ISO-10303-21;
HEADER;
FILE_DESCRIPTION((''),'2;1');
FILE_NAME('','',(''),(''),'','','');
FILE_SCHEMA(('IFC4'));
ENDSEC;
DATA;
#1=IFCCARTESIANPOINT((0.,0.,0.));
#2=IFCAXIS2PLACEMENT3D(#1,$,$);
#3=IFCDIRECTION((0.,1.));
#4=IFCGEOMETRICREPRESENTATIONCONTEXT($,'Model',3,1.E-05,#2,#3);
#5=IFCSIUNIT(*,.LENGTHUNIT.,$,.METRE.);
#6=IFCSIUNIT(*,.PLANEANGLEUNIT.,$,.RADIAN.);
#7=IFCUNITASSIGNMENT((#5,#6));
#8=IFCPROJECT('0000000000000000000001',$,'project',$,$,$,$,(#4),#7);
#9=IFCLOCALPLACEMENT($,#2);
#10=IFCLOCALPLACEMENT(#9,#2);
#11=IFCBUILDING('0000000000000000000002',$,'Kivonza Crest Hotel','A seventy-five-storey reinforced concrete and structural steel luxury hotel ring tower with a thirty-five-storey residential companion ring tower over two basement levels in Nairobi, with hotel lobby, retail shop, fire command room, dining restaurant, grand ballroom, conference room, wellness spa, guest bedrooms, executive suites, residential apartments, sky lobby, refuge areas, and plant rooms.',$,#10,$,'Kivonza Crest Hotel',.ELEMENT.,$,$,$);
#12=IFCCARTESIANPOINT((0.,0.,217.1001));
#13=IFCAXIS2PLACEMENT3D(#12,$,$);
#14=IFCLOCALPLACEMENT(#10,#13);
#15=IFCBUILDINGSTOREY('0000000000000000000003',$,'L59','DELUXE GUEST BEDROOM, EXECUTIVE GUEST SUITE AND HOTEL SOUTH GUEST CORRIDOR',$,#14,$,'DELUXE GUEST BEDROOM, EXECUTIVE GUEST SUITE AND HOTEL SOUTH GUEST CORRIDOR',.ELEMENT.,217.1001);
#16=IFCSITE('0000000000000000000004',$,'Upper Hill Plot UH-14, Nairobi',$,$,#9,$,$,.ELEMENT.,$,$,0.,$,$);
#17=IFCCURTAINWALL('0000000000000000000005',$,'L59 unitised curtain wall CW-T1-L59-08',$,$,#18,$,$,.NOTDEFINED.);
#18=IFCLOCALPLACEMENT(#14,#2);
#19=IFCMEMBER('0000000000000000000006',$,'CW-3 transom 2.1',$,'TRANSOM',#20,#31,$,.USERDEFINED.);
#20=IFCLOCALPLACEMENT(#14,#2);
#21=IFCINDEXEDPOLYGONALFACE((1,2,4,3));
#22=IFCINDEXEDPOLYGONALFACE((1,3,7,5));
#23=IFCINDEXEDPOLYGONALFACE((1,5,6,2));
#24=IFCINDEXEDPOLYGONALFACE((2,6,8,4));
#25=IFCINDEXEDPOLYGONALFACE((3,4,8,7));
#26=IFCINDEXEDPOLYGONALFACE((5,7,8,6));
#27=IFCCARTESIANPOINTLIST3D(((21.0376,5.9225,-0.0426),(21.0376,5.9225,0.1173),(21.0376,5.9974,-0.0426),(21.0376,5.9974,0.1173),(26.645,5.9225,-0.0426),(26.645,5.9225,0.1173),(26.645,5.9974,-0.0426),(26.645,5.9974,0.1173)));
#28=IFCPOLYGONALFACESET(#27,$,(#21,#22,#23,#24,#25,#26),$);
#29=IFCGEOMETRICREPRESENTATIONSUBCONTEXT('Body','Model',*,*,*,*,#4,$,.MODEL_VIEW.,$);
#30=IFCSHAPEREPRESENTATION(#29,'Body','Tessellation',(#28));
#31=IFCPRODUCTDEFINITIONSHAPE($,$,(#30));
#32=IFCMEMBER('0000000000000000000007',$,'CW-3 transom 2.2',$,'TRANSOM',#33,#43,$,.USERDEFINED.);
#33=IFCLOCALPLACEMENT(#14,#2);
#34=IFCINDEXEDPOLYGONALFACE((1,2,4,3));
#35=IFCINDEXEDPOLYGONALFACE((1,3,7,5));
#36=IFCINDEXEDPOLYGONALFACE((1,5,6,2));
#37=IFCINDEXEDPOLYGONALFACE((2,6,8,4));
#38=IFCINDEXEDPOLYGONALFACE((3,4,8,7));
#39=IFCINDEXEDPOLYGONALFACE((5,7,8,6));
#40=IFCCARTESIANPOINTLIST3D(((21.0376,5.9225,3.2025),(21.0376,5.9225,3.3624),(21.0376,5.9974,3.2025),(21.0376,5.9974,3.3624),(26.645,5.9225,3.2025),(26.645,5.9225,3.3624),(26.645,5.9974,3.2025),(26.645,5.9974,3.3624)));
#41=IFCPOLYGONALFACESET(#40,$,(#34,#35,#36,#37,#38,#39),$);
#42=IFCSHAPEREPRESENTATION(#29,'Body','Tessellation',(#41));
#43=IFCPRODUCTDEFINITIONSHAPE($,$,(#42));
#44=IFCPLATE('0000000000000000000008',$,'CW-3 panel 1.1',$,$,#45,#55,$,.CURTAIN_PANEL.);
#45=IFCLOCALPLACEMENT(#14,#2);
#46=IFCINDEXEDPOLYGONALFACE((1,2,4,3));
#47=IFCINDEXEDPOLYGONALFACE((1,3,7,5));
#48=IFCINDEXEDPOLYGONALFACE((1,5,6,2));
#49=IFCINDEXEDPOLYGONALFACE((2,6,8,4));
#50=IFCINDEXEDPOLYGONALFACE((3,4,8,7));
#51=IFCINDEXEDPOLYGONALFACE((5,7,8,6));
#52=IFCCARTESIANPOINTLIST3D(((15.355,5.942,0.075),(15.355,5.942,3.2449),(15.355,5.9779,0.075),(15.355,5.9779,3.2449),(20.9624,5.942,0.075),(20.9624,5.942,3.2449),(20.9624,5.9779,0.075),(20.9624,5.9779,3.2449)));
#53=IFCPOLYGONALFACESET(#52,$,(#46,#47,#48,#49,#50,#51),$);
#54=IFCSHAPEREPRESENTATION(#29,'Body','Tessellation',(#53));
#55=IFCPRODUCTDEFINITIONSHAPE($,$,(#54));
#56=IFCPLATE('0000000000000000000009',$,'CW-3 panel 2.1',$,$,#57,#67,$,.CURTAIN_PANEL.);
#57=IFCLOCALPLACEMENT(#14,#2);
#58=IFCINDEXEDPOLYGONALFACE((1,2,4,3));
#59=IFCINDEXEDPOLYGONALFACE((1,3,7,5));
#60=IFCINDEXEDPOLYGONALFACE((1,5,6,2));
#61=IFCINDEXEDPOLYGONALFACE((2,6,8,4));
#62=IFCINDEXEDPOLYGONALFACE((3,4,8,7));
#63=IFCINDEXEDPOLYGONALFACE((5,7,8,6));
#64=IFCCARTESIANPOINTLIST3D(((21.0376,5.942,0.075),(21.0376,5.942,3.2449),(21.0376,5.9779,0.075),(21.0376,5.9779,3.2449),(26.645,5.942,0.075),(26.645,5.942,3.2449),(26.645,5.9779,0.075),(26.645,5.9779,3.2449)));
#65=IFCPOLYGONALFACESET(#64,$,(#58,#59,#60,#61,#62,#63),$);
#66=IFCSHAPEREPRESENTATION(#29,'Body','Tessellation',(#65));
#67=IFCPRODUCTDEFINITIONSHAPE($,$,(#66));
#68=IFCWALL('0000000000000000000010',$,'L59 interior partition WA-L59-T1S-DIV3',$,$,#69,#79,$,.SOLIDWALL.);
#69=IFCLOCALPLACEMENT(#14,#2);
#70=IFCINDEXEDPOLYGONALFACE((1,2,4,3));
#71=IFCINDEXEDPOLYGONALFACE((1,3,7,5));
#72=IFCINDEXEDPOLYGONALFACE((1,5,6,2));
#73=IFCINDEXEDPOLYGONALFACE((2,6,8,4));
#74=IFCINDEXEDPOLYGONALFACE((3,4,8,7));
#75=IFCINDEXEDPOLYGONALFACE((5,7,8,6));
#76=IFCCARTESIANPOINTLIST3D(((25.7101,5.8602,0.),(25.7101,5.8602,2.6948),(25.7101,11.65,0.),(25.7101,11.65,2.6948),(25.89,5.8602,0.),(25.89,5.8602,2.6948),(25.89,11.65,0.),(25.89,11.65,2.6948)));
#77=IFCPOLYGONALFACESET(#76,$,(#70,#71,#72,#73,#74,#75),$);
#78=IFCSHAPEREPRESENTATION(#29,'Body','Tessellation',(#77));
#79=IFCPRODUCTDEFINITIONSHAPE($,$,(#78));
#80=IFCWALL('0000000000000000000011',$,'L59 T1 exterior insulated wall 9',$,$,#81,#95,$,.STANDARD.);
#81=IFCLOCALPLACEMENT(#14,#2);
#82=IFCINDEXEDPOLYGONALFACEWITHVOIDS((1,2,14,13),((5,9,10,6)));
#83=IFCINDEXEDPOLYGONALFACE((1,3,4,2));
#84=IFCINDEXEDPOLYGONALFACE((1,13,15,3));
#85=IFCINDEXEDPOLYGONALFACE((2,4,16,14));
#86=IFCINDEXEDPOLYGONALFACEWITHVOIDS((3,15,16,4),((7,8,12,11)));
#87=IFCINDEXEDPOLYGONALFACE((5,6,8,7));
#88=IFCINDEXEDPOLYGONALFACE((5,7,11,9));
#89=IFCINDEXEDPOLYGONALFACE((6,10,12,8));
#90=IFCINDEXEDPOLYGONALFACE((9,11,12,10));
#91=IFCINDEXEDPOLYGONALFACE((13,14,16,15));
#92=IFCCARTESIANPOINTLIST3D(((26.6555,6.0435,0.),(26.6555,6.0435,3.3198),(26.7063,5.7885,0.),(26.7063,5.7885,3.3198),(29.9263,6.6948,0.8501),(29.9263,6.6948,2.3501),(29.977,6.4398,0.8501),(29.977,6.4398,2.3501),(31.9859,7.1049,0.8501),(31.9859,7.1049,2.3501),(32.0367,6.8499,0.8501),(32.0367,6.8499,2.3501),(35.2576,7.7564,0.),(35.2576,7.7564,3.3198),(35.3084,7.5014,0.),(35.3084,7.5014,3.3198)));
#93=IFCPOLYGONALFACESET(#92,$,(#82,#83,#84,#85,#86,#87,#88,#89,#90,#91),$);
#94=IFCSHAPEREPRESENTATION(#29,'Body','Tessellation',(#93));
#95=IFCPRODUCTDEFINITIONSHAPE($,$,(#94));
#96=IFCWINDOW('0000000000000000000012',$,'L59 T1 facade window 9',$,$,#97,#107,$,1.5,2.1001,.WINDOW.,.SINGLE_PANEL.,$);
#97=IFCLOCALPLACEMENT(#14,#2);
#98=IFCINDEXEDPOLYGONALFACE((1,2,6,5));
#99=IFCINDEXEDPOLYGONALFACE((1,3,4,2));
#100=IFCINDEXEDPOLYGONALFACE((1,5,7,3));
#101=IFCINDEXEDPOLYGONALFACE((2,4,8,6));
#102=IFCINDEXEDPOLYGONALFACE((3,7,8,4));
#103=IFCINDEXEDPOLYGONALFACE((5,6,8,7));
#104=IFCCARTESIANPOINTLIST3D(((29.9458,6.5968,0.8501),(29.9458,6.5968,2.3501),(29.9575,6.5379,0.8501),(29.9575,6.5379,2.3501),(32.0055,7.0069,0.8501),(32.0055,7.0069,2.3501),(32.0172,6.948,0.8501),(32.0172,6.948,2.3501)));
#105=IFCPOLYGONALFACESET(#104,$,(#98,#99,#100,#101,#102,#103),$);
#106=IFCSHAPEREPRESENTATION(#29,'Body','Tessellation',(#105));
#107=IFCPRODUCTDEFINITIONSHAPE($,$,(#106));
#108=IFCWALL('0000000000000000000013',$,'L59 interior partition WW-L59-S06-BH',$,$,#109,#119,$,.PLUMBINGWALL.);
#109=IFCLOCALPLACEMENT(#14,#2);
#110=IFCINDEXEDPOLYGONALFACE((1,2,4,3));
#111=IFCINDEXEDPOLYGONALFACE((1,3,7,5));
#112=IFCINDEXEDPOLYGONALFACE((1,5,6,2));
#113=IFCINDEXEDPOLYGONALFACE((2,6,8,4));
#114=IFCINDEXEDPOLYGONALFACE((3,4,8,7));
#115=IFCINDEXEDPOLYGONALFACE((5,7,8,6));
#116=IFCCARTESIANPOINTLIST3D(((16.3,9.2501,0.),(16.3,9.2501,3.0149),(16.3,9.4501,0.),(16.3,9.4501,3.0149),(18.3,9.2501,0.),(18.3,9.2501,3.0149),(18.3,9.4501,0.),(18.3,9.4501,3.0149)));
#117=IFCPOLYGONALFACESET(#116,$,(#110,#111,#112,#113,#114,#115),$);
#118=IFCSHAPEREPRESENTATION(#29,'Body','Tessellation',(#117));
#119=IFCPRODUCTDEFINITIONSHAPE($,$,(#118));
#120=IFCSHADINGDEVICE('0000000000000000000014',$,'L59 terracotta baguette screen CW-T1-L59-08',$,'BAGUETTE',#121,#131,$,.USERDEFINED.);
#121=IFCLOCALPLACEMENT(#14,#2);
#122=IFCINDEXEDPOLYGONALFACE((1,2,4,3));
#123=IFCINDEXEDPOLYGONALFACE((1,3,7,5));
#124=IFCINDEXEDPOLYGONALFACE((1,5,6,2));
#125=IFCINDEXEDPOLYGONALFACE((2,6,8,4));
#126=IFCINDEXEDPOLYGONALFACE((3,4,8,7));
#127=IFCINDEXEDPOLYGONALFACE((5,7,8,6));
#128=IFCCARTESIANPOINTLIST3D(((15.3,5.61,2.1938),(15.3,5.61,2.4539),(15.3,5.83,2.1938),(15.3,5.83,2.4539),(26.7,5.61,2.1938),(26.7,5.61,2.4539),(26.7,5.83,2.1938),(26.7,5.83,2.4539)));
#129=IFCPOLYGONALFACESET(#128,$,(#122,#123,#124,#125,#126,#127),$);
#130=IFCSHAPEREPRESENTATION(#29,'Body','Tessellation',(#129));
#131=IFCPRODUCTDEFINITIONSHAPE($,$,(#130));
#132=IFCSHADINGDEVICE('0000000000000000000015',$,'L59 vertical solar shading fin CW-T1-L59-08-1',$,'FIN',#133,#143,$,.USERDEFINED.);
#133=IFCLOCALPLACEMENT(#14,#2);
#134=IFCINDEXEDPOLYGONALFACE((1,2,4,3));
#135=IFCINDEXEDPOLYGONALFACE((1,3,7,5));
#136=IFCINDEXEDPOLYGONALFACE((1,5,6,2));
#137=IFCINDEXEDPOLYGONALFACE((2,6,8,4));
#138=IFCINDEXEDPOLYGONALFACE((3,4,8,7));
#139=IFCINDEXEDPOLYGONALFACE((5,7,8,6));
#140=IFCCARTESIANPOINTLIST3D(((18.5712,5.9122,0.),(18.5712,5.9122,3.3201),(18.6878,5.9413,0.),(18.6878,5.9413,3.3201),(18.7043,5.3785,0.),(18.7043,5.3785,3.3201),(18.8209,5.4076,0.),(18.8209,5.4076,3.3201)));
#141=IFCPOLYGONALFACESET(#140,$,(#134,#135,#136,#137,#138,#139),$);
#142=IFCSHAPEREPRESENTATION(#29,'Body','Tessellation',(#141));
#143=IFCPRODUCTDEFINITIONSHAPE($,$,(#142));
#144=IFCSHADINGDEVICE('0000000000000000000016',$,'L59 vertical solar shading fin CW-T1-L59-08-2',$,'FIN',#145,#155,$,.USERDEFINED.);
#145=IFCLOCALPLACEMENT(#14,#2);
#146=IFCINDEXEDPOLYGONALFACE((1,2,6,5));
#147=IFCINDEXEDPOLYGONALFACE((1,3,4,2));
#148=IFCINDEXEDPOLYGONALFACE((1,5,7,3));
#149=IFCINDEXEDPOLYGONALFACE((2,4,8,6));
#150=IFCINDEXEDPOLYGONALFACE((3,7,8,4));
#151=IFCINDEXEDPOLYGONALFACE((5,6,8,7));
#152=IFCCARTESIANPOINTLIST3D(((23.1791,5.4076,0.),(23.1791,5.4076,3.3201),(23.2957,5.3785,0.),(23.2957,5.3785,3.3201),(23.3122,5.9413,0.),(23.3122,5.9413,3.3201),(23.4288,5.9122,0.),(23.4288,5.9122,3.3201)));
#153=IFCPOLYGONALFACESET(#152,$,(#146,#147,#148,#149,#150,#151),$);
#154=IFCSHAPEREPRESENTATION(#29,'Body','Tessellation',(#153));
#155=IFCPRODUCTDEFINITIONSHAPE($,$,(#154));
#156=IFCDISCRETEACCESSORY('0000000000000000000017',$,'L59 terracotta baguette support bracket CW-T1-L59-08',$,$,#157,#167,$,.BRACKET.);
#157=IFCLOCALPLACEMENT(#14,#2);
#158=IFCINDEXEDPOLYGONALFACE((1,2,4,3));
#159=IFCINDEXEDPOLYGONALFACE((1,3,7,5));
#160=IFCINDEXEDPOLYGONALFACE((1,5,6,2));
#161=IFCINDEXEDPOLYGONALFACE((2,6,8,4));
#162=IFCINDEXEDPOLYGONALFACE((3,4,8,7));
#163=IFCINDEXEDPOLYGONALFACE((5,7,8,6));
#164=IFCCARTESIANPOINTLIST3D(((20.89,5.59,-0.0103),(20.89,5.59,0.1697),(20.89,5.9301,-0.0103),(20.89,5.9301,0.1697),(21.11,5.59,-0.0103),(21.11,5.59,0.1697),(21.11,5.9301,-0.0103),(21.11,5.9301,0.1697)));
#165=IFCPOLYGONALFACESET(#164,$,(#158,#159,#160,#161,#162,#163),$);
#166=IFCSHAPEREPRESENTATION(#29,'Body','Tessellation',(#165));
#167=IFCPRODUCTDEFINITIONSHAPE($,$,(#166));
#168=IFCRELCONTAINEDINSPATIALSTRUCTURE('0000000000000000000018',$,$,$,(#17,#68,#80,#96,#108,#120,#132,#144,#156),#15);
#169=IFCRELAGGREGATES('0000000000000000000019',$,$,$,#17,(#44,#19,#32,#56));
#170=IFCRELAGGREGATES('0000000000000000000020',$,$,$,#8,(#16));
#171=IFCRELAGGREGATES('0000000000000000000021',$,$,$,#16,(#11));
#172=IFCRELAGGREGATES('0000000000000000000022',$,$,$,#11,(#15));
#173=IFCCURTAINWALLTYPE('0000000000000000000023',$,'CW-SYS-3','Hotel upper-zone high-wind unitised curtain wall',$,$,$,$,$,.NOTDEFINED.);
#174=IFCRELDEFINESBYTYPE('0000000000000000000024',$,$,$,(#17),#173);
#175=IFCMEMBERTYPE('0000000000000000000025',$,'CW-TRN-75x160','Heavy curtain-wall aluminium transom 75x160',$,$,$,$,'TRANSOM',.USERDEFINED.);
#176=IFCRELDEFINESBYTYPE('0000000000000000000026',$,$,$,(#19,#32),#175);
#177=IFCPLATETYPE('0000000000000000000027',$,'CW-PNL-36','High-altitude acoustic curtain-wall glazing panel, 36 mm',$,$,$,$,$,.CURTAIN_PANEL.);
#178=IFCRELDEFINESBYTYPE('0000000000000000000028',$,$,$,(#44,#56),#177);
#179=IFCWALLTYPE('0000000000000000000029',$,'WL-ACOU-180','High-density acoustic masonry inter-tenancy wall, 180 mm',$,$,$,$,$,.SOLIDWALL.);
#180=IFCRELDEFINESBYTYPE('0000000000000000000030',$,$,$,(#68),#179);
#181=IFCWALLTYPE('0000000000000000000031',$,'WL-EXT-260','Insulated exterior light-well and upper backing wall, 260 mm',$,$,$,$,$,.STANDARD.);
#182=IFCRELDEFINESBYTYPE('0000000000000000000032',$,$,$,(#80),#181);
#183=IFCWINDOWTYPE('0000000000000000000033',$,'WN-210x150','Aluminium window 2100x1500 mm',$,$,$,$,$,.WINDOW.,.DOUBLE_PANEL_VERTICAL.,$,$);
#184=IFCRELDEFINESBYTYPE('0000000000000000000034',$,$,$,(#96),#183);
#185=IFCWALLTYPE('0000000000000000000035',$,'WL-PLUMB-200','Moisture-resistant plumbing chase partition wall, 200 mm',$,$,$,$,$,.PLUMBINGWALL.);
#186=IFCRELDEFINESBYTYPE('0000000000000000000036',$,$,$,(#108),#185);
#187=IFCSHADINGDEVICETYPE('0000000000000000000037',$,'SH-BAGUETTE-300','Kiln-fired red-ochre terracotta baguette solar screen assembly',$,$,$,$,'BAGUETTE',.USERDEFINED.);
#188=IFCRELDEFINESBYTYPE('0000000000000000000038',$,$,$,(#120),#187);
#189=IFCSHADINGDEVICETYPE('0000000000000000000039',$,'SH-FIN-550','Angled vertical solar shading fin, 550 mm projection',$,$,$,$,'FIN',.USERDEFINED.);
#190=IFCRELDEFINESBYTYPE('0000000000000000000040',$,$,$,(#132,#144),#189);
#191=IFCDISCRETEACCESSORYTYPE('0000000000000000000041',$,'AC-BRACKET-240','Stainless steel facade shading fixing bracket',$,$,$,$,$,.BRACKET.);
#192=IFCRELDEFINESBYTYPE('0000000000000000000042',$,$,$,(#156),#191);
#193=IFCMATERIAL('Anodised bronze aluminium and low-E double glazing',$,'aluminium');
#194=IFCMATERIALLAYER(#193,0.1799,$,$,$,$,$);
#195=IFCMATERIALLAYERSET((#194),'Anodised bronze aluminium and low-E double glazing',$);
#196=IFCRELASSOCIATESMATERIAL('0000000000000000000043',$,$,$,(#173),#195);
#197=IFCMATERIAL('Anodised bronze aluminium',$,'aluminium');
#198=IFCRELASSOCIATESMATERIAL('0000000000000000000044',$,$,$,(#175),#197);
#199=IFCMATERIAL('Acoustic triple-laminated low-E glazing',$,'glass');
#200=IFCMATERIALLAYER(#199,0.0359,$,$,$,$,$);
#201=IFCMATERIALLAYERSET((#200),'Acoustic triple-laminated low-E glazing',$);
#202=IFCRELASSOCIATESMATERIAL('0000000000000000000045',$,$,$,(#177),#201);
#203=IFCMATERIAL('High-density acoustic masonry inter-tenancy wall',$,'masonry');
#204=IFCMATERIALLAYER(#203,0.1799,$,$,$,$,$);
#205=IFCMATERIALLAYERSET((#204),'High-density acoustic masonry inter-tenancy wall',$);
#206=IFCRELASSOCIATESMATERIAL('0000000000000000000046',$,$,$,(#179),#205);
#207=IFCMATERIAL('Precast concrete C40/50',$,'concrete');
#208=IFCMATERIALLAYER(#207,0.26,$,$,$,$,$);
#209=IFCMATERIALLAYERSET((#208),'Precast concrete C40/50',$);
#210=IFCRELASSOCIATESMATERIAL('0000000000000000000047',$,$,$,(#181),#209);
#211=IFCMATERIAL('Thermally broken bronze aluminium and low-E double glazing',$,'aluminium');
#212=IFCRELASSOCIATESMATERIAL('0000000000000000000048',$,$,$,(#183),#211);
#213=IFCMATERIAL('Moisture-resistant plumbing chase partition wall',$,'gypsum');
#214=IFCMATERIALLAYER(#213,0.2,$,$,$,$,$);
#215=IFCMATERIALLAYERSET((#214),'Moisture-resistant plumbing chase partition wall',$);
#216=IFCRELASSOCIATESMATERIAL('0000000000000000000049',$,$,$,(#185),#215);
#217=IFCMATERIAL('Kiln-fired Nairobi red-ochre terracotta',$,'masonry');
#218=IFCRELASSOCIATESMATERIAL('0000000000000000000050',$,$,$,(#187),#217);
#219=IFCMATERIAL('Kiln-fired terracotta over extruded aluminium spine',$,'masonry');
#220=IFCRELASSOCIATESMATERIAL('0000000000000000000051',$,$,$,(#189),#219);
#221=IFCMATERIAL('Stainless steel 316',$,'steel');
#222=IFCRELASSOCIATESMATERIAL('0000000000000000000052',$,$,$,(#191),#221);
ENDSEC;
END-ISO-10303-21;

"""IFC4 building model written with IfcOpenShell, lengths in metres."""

from ifc_helpers import new_model, si_unit, direction, frame, frame_2d, origin, origin_2d, place, context, subcontext, project, spatial, rectangle, extrude, material, layer, layer_set, material_profile, profile_set, type_object, element, fill, aggregate, save


model = new_model("IFC4")

# Units and contexts
model_context = context("Model", 3, precision=1e-05, world=origin(), true_north=direction((0.0, 1.0)))
body_context = subcontext(model_context, "Body", "Model", "MODEL_VIEW")
ifc_project = project(units=[si_unit("LENGTHUNIT", "METRE"), si_unit("PLANEANGLEUNIT", "RADIAN")], contexts=[model_context])

# Site, building, storey
site_placement = place(None, origin())
site = spatial("IfcSite", under=ifc_project, at=site_placement, Name="Upper Hill Plot UH-14, Nairobi", CompositionType="ELEMENT", RefElevation=0.0)
building_placement = place(site_placement, origin())
building = spatial("IfcBuilding", under=site, at=building_placement, Name="Kivonza Crest Hotel", Description="A seventy-five-storey reinforced concrete and structural steel luxury hotel ring tower with a thirty-five-storey residential companion ring tower over two basement levels in Nairobi, with hotel lobby, retail shop, fire command room, dining restaurant, grand ballroom, conference room, wellness spa, guest bedrooms, executive suites, residential apartments, sky lobby, refuge areas, and plant rooms.", LongName="Kivonza Crest Hotel", CompositionType="ELEMENT")
storey_placement = place(building_placement, frame((0.0, 0.0, 217.1001)))
storey = spatial("IfcBuildingStorey", under=building, at=storey_placement, Name="L59", Description="DELUXE GUEST BEDROOM, EXECUTIVE GUEST SUITE AND HOTEL SOUTH GUEST CORRIDOR", LongName="DELUXE GUEST BEDROOM, EXECUTIVE GUEST SUITE AND HOTEL SOUTH GUEST CORRIDOR", CompositionType="ELEMENT", Elevation=217.1001)

# Curtain wall, members, plates
ifc_material_1 = material(Name="Anodised bronze aluminium and low-E double glazing", Category="aluminium")
ifc_layer_1 = layer(ifc_material_1, 0.1799)
ifc_layer_set_1 = layer_set([ifc_layer_1], Name="Anodised bronze aluminium and low-E double glazing")
curtain_wall_type = type_object("IfcCurtainWallType", Name="CW-SYS-3", Description="Hotel upper-zone high-wind unitised curtain wall", PredefinedType="NOTDEFINED", material=ifc_layer_set_1)
curtain_wall_placement = place(storey_placement, origin())
curtain_wall = element("IfcCurtainWall", 1, at=curtain_wall_placement, inside=storey, type_object=curtain_wall_type, Name="L59 unitised curtain wall CW-T1-L59-08", PredefinedType="NOTDEFINED")
ifc_material_2 = material(Name="Anodised bronze aluminium", Category="aluminium")
ifc_material_profile_1 = material_profile(ifc_material_2, rectangle(XDim=0.075, YDim=0.1599, at=origin_2d()), Name="CW-T 75x160")
ifc_profile_set_1 = profile_set([ifc_material_profile_1], Name="Anodised bronze aluminium")
member_type_1 = type_object("IfcMemberType", Name="CW-TRN-75x160", Description="Heavy curtain-wall aluminium transom 75x160", ElementType="TRANSOM", PredefinedType="USERDEFINED", material=ifc_profile_set_1)
member_1_placement = place(storey_placement, frame((21.0376, 5.96, 0.0374), z_axis=(1.0, 0.0, 0.0), x_axis=(0.0, 1.0, 0.0)))
member_1 = element("IfcMember", 2, at=member_1_placement, type_object=member_type_1, Name="CW-3 transom 2.1", ObjectType="TRANSOM", PredefinedType="USERDEFINED", context=body_context, shape_type="SweptSolid", body=[
    extrude(rectangle(XDim=0.075, YDim=0.1599, at=origin_2d()), origin(), (0.0, 0.0, 1.0), 5.6074),
])
member_2_placement = place(storey_placement, frame((21.0376, 5.96, 3.2825), z_axis=(1.0, 0.0, 0.0), x_axis=(0.0, 1.0, 0.0)))
member_2 = element("IfcMember", 3, at=member_2_placement, type_object=member_type_1, Name="CW-3 transom 2.2", ObjectType="TRANSOM", PredefinedType="USERDEFINED", context=body_context, shape_type="SweptSolid", body=[
    extrude(rectangle(XDim=0.075, YDim=0.1599, at=origin_2d()), origin(), (0.0, 0.0, 1.0), 5.6074),
])
ifc_material_3 = material(Name="Acoustic triple-laminated low-E glazing", Category="glass")
ifc_layer_2 = layer(ifc_material_3, 0.0359)
ifc_layer_set_2 = layer_set([ifc_layer_2], Name="Acoustic triple-laminated low-E glazing")
plate_type = type_object("IfcPlateType", Name="CW-PNL-36", Description="High-altitude acoustic curtain-wall glazing panel, 36 mm", PredefinedType="CURTAIN_PANEL", material=ifc_layer_set_2)
plate_1_placement = place(storey_placement, frame((18.1587, 5.96, 0.075), z_axis=(0.0, 0.0, 1.0), x_axis=(1.0, 0.0, 0.0)))
plate_1 = element("IfcPlate", 4, at=plate_1_placement, type_object=plate_type, Name="CW-3 panel 1.1", PredefinedType="CURTAIN_PANEL", context=body_context, shape_type="SweptSolid", body=[
    extrude(rectangle(XDim=5.6074, YDim=0.0359, at=origin_2d()), origin(), (0.0, 0.0, 1.0), 3.1699),
])
plate_2_placement = place(storey_placement, frame((23.8413, 5.96, 0.075), z_axis=(0.0, 0.0, 1.0), x_axis=(1.0, 0.0, 0.0)))
plate_2 = element("IfcPlate", 5, at=plate_2_placement, type_object=plate_type, Name="CW-3 panel 2.1", PredefinedType="CURTAIN_PANEL", context=body_context, shape_type="SweptSolid", body=[
    extrude(rectangle(XDim=5.6074, YDim=0.0359, at=origin_2d()), origin(), (0.0, 0.0, 1.0), 3.1699),
])
aggregate(curtain_wall, [plate_1, member_1, member_2, plate_2])

# Wall
ifc_material_4 = material(Name="High-density acoustic masonry inter-tenancy wall", Category="masonry")
ifc_layer_3 = layer(ifc_material_4, 0.1799)
ifc_layer_set_3 = layer_set([ifc_layer_3], Name="High-density acoustic masonry inter-tenancy wall")
wall_type_1 = type_object("IfcWallType", Name="WL-ACOU-180", Description="High-density acoustic masonry inter-tenancy wall, 180 mm", PredefinedType="SOLIDWALL", material=ifc_layer_set_3)
wall_1_placement = place(storey_placement, frame((25.8, 5.8601, 0.0), z_axis=(0.0, 0.0, 1.0), x_axis=(0.0, 1.0, 0.0)))
element("IfcWall", 6, at=wall_1_placement, inside=storey, type_object=wall_type_1, Name="L59 interior partition WA-L59-T1S-DIV3", PredefinedType="SOLIDWALL", context=body_context, shape_type="SweptSolid", body=[
    extrude(rectangle(XDim=5.7898, YDim=0.1799, at=frame_2d((2.895, 0.0))), origin(), (0.0, 0.0, 1.0), 2.6948),
])

# Wall, opening, window
ifc_material_5 = material(Name="Precast concrete C40/50", Category="concrete")
ifc_layer_4 = layer(ifc_material_5, 0.26)
ifc_layer_set_4 = layer_set([ifc_layer_4], Name="Precast concrete C40/50")
wall_type_2 = type_object("IfcWallType", Name="WL-EXT-260", Description="Insulated exterior light-well and upper backing wall, 260 mm", PredefinedType="STANDARD", material=ifc_layer_set_4)
wall_2_placement = place(storey_placement, frame((26.6809, 5.916, 0.0), z_axis=(0.0, 0.0, 1.0), x_axis=(0.980745, 0.195292, 0.0)))
wall_2 = element("IfcWall", 7, at=wall_2_placement, inside=storey, type_object=wall_type_2, Name="L59 T1 exterior insulated wall 9", PredefinedType="STANDARD", context=body_context, shape_type="SweptSolid", body=[
    extrude(rectangle(XDim=8.771, YDim=0.26, at=frame_2d((4.3855, 0.0))), origin(), (0.0, 0.0, 1.0), 3.3198),
])
opening_placement = place(wall_2_placement, frame((3.335, 0.0, 0.8501)))
opening = element("IfcOpeningElement", 8, at=opening_placement, cuts=wall_2, PredefinedType="OPENING", context=body_context, shape_type="SweptSolid", body=[
    extrude(rectangle(XDim=2.1001, YDim=1.5, at=frame_2d((1.05, 0.75))), frame((0.0, 0.1401, 0.0), z_axis=(0.0, -1.0, 0.0), x_axis=(1.0, 0.0, 0.0)), (0.0, 0.0, 1.0), 0.28),
])
ifc_material_6 = material(Name="Thermally broken bronze aluminium and low-E double glazing", Category="aluminium")
window_type = type_object("IfcWindowType", Name="WN-210x150", Description="Aluminium window 2100x1500 mm", PartitioningType="DOUBLE_PANEL_VERTICAL", PredefinedType="WINDOW", material=ifc_material_6)
window_placement = place(opening_placement, origin())
window = element("IfcWindow", 9, at=window_placement, inside=storey, type_object=window_type, Name="L59 T1 facade window 9", OverallHeight=1.5, OverallWidth=2.1001, PartitioningType="SINGLE_PANEL", PredefinedType="WINDOW", context=body_context, shape_type="SweptSolid", body=[
    extrude(rectangle(XDim=2.1001, YDim=1.5, at=frame_2d((1.05, 0.75))), frame((0.0, 0.03, 0.0), z_axis=(0.0, -1.0, 0.0), x_axis=(1.0, 0.0, 0.0)), (0.0, 0.0, 1.0), 0.0601),
])
fill(opening, window)

# Wall
ifc_material_7 = material(Name="Moisture-resistant plumbing chase partition wall", Category="gypsum")
ifc_layer_5 = layer(ifc_material_7, 0.2)
ifc_layer_set_5 = layer_set([ifc_layer_5], Name="Moisture-resistant plumbing chase partition wall")
wall_type_3 = type_object("IfcWallType", Name="WL-PLUMB-200", Description="Moisture-resistant plumbing chase partition wall, 200 mm", PredefinedType="PLUMBINGWALL", material=ifc_layer_set_5)
wall_3_placement = place(storey_placement, frame((16.3, 9.3501, 0.0), z_axis=(0.0, 0.0, 1.0), x_axis=(1.0, 0.0, 0.0)))
element("IfcWall", 10, at=wall_3_placement, inside=storey, type_object=wall_type_3, Name="L59 interior partition WW-L59-S06-BH", PredefinedType="PLUMBINGWALL", context=body_context, shape_type="SweptSolid", body=[
    extrude(rectangle(XDim=2.0, YDim=0.2, at=frame_2d((1.0, 0.0))), origin(), (0.0, 0.0, 1.0), 3.0149),
])

# Shading devices
ifc_material_8 = material(Name="Kiln-fired Nairobi red-ochre terracotta", Category="masonry")
shading_device_type_1 = type_object("IfcShadingDeviceType", Name="SH-BAGUETTE-300", Description="Kiln-fired red-ochre terracotta baguette solar screen assembly", ElementType="BAGUETTE", PredefinedType="USERDEFINED", material=ifc_material_8)
shading_device_placement = place(storey_placement, frame((21.0, 5.72, 2.1938), z_axis=(0.0, 0.0, 1.0), x_axis=(1.0, 0.0, 0.0)))
element("IfcShadingDevice", 11, at=shading_device_placement, inside=storey, type_object=shading_device_type_1, Name="L59 terracotta baguette screen CW-T1-L59-08", ObjectType="BAGUETTE", PredefinedType="USERDEFINED", context=body_context, shape_type="SweptSolid", body=[
    extrude(rectangle(XDim=11.3999, YDim=0.22, at=origin_2d()), origin(), (0.0, 0.0, 1.0), 0.26),
])
ifc_material_9 = material(Name="Kiln-fired terracotta over extruded aluminium spine", Category="masonry")
shading_device_type_2 = type_object("IfcShadingDeviceType", Name="SH-FIN-550", Description="Angled vertical solar shading fin, 550 mm projection", ElementType="FIN", PredefinedType="USERDEFINED", material=ifc_material_9)
for number, where, z_axis, x_axis, name in (
    (12, (18.696, 5.6599, 0.0), (0.0, 0.0, 1.0), (0.970296, 0.241922, 0.0), "L59 vertical solar shading fin CW-T1-L59-08-1"),
    (13, (23.304, 5.6599, 0.0), (0.0, 0.0, 1.0), (0.970296, -0.241922, 0.0), "L59 vertical solar shading fin CW-T1-L59-08-2"),
):
    element("IfcShadingDevice", number, at=place(storey_placement, frame(where, z_axis=z_axis, x_axis=x_axis)), inside=storey, type_object=shading_device_type_2, Name=name, ObjectType="FIN", PredefinedType="USERDEFINED", context=body_context, shape_type="SweptSolid", body=[
        extrude(rectangle(XDim=0.1201, YDim=0.55, at=origin_2d()), origin(), (0.0, 0.0, 1.0), 3.3201),
    ])

# Discrete accessory
ifc_material_10 = material(Name="Stainless steel 316", Category="steel")
discrete_accessory_type = type_object("IfcDiscreteAccessoryType", Name="AC-BRACKET-240", Description="Stainless steel facade shading fixing bracket", PredefinedType="BRACKET", material=ifc_material_10)
discrete_accessory_placement = place(storey_placement, frame((21.0, 5.76, -0.0103), z_axis=(0.0, 0.0, 1.0), x_axis=(1.0, 0.0, 0.0)))
element("IfcDiscreteAccessory", 14, at=discrete_accessory_placement, inside=storey, type_object=discrete_accessory_type, Name="L59 terracotta baguette support bracket CW-T1-L59-08", PredefinedType="BRACKET", context=body_context, shape_type="SweptSolid", body=[
    extrude(rectangle(XDim=0.22, YDim=0.3401, at=origin_2d()), origin(), (0.0, 0.0, 1.0), 0.1799),
])

save(model, "model.ifc")
